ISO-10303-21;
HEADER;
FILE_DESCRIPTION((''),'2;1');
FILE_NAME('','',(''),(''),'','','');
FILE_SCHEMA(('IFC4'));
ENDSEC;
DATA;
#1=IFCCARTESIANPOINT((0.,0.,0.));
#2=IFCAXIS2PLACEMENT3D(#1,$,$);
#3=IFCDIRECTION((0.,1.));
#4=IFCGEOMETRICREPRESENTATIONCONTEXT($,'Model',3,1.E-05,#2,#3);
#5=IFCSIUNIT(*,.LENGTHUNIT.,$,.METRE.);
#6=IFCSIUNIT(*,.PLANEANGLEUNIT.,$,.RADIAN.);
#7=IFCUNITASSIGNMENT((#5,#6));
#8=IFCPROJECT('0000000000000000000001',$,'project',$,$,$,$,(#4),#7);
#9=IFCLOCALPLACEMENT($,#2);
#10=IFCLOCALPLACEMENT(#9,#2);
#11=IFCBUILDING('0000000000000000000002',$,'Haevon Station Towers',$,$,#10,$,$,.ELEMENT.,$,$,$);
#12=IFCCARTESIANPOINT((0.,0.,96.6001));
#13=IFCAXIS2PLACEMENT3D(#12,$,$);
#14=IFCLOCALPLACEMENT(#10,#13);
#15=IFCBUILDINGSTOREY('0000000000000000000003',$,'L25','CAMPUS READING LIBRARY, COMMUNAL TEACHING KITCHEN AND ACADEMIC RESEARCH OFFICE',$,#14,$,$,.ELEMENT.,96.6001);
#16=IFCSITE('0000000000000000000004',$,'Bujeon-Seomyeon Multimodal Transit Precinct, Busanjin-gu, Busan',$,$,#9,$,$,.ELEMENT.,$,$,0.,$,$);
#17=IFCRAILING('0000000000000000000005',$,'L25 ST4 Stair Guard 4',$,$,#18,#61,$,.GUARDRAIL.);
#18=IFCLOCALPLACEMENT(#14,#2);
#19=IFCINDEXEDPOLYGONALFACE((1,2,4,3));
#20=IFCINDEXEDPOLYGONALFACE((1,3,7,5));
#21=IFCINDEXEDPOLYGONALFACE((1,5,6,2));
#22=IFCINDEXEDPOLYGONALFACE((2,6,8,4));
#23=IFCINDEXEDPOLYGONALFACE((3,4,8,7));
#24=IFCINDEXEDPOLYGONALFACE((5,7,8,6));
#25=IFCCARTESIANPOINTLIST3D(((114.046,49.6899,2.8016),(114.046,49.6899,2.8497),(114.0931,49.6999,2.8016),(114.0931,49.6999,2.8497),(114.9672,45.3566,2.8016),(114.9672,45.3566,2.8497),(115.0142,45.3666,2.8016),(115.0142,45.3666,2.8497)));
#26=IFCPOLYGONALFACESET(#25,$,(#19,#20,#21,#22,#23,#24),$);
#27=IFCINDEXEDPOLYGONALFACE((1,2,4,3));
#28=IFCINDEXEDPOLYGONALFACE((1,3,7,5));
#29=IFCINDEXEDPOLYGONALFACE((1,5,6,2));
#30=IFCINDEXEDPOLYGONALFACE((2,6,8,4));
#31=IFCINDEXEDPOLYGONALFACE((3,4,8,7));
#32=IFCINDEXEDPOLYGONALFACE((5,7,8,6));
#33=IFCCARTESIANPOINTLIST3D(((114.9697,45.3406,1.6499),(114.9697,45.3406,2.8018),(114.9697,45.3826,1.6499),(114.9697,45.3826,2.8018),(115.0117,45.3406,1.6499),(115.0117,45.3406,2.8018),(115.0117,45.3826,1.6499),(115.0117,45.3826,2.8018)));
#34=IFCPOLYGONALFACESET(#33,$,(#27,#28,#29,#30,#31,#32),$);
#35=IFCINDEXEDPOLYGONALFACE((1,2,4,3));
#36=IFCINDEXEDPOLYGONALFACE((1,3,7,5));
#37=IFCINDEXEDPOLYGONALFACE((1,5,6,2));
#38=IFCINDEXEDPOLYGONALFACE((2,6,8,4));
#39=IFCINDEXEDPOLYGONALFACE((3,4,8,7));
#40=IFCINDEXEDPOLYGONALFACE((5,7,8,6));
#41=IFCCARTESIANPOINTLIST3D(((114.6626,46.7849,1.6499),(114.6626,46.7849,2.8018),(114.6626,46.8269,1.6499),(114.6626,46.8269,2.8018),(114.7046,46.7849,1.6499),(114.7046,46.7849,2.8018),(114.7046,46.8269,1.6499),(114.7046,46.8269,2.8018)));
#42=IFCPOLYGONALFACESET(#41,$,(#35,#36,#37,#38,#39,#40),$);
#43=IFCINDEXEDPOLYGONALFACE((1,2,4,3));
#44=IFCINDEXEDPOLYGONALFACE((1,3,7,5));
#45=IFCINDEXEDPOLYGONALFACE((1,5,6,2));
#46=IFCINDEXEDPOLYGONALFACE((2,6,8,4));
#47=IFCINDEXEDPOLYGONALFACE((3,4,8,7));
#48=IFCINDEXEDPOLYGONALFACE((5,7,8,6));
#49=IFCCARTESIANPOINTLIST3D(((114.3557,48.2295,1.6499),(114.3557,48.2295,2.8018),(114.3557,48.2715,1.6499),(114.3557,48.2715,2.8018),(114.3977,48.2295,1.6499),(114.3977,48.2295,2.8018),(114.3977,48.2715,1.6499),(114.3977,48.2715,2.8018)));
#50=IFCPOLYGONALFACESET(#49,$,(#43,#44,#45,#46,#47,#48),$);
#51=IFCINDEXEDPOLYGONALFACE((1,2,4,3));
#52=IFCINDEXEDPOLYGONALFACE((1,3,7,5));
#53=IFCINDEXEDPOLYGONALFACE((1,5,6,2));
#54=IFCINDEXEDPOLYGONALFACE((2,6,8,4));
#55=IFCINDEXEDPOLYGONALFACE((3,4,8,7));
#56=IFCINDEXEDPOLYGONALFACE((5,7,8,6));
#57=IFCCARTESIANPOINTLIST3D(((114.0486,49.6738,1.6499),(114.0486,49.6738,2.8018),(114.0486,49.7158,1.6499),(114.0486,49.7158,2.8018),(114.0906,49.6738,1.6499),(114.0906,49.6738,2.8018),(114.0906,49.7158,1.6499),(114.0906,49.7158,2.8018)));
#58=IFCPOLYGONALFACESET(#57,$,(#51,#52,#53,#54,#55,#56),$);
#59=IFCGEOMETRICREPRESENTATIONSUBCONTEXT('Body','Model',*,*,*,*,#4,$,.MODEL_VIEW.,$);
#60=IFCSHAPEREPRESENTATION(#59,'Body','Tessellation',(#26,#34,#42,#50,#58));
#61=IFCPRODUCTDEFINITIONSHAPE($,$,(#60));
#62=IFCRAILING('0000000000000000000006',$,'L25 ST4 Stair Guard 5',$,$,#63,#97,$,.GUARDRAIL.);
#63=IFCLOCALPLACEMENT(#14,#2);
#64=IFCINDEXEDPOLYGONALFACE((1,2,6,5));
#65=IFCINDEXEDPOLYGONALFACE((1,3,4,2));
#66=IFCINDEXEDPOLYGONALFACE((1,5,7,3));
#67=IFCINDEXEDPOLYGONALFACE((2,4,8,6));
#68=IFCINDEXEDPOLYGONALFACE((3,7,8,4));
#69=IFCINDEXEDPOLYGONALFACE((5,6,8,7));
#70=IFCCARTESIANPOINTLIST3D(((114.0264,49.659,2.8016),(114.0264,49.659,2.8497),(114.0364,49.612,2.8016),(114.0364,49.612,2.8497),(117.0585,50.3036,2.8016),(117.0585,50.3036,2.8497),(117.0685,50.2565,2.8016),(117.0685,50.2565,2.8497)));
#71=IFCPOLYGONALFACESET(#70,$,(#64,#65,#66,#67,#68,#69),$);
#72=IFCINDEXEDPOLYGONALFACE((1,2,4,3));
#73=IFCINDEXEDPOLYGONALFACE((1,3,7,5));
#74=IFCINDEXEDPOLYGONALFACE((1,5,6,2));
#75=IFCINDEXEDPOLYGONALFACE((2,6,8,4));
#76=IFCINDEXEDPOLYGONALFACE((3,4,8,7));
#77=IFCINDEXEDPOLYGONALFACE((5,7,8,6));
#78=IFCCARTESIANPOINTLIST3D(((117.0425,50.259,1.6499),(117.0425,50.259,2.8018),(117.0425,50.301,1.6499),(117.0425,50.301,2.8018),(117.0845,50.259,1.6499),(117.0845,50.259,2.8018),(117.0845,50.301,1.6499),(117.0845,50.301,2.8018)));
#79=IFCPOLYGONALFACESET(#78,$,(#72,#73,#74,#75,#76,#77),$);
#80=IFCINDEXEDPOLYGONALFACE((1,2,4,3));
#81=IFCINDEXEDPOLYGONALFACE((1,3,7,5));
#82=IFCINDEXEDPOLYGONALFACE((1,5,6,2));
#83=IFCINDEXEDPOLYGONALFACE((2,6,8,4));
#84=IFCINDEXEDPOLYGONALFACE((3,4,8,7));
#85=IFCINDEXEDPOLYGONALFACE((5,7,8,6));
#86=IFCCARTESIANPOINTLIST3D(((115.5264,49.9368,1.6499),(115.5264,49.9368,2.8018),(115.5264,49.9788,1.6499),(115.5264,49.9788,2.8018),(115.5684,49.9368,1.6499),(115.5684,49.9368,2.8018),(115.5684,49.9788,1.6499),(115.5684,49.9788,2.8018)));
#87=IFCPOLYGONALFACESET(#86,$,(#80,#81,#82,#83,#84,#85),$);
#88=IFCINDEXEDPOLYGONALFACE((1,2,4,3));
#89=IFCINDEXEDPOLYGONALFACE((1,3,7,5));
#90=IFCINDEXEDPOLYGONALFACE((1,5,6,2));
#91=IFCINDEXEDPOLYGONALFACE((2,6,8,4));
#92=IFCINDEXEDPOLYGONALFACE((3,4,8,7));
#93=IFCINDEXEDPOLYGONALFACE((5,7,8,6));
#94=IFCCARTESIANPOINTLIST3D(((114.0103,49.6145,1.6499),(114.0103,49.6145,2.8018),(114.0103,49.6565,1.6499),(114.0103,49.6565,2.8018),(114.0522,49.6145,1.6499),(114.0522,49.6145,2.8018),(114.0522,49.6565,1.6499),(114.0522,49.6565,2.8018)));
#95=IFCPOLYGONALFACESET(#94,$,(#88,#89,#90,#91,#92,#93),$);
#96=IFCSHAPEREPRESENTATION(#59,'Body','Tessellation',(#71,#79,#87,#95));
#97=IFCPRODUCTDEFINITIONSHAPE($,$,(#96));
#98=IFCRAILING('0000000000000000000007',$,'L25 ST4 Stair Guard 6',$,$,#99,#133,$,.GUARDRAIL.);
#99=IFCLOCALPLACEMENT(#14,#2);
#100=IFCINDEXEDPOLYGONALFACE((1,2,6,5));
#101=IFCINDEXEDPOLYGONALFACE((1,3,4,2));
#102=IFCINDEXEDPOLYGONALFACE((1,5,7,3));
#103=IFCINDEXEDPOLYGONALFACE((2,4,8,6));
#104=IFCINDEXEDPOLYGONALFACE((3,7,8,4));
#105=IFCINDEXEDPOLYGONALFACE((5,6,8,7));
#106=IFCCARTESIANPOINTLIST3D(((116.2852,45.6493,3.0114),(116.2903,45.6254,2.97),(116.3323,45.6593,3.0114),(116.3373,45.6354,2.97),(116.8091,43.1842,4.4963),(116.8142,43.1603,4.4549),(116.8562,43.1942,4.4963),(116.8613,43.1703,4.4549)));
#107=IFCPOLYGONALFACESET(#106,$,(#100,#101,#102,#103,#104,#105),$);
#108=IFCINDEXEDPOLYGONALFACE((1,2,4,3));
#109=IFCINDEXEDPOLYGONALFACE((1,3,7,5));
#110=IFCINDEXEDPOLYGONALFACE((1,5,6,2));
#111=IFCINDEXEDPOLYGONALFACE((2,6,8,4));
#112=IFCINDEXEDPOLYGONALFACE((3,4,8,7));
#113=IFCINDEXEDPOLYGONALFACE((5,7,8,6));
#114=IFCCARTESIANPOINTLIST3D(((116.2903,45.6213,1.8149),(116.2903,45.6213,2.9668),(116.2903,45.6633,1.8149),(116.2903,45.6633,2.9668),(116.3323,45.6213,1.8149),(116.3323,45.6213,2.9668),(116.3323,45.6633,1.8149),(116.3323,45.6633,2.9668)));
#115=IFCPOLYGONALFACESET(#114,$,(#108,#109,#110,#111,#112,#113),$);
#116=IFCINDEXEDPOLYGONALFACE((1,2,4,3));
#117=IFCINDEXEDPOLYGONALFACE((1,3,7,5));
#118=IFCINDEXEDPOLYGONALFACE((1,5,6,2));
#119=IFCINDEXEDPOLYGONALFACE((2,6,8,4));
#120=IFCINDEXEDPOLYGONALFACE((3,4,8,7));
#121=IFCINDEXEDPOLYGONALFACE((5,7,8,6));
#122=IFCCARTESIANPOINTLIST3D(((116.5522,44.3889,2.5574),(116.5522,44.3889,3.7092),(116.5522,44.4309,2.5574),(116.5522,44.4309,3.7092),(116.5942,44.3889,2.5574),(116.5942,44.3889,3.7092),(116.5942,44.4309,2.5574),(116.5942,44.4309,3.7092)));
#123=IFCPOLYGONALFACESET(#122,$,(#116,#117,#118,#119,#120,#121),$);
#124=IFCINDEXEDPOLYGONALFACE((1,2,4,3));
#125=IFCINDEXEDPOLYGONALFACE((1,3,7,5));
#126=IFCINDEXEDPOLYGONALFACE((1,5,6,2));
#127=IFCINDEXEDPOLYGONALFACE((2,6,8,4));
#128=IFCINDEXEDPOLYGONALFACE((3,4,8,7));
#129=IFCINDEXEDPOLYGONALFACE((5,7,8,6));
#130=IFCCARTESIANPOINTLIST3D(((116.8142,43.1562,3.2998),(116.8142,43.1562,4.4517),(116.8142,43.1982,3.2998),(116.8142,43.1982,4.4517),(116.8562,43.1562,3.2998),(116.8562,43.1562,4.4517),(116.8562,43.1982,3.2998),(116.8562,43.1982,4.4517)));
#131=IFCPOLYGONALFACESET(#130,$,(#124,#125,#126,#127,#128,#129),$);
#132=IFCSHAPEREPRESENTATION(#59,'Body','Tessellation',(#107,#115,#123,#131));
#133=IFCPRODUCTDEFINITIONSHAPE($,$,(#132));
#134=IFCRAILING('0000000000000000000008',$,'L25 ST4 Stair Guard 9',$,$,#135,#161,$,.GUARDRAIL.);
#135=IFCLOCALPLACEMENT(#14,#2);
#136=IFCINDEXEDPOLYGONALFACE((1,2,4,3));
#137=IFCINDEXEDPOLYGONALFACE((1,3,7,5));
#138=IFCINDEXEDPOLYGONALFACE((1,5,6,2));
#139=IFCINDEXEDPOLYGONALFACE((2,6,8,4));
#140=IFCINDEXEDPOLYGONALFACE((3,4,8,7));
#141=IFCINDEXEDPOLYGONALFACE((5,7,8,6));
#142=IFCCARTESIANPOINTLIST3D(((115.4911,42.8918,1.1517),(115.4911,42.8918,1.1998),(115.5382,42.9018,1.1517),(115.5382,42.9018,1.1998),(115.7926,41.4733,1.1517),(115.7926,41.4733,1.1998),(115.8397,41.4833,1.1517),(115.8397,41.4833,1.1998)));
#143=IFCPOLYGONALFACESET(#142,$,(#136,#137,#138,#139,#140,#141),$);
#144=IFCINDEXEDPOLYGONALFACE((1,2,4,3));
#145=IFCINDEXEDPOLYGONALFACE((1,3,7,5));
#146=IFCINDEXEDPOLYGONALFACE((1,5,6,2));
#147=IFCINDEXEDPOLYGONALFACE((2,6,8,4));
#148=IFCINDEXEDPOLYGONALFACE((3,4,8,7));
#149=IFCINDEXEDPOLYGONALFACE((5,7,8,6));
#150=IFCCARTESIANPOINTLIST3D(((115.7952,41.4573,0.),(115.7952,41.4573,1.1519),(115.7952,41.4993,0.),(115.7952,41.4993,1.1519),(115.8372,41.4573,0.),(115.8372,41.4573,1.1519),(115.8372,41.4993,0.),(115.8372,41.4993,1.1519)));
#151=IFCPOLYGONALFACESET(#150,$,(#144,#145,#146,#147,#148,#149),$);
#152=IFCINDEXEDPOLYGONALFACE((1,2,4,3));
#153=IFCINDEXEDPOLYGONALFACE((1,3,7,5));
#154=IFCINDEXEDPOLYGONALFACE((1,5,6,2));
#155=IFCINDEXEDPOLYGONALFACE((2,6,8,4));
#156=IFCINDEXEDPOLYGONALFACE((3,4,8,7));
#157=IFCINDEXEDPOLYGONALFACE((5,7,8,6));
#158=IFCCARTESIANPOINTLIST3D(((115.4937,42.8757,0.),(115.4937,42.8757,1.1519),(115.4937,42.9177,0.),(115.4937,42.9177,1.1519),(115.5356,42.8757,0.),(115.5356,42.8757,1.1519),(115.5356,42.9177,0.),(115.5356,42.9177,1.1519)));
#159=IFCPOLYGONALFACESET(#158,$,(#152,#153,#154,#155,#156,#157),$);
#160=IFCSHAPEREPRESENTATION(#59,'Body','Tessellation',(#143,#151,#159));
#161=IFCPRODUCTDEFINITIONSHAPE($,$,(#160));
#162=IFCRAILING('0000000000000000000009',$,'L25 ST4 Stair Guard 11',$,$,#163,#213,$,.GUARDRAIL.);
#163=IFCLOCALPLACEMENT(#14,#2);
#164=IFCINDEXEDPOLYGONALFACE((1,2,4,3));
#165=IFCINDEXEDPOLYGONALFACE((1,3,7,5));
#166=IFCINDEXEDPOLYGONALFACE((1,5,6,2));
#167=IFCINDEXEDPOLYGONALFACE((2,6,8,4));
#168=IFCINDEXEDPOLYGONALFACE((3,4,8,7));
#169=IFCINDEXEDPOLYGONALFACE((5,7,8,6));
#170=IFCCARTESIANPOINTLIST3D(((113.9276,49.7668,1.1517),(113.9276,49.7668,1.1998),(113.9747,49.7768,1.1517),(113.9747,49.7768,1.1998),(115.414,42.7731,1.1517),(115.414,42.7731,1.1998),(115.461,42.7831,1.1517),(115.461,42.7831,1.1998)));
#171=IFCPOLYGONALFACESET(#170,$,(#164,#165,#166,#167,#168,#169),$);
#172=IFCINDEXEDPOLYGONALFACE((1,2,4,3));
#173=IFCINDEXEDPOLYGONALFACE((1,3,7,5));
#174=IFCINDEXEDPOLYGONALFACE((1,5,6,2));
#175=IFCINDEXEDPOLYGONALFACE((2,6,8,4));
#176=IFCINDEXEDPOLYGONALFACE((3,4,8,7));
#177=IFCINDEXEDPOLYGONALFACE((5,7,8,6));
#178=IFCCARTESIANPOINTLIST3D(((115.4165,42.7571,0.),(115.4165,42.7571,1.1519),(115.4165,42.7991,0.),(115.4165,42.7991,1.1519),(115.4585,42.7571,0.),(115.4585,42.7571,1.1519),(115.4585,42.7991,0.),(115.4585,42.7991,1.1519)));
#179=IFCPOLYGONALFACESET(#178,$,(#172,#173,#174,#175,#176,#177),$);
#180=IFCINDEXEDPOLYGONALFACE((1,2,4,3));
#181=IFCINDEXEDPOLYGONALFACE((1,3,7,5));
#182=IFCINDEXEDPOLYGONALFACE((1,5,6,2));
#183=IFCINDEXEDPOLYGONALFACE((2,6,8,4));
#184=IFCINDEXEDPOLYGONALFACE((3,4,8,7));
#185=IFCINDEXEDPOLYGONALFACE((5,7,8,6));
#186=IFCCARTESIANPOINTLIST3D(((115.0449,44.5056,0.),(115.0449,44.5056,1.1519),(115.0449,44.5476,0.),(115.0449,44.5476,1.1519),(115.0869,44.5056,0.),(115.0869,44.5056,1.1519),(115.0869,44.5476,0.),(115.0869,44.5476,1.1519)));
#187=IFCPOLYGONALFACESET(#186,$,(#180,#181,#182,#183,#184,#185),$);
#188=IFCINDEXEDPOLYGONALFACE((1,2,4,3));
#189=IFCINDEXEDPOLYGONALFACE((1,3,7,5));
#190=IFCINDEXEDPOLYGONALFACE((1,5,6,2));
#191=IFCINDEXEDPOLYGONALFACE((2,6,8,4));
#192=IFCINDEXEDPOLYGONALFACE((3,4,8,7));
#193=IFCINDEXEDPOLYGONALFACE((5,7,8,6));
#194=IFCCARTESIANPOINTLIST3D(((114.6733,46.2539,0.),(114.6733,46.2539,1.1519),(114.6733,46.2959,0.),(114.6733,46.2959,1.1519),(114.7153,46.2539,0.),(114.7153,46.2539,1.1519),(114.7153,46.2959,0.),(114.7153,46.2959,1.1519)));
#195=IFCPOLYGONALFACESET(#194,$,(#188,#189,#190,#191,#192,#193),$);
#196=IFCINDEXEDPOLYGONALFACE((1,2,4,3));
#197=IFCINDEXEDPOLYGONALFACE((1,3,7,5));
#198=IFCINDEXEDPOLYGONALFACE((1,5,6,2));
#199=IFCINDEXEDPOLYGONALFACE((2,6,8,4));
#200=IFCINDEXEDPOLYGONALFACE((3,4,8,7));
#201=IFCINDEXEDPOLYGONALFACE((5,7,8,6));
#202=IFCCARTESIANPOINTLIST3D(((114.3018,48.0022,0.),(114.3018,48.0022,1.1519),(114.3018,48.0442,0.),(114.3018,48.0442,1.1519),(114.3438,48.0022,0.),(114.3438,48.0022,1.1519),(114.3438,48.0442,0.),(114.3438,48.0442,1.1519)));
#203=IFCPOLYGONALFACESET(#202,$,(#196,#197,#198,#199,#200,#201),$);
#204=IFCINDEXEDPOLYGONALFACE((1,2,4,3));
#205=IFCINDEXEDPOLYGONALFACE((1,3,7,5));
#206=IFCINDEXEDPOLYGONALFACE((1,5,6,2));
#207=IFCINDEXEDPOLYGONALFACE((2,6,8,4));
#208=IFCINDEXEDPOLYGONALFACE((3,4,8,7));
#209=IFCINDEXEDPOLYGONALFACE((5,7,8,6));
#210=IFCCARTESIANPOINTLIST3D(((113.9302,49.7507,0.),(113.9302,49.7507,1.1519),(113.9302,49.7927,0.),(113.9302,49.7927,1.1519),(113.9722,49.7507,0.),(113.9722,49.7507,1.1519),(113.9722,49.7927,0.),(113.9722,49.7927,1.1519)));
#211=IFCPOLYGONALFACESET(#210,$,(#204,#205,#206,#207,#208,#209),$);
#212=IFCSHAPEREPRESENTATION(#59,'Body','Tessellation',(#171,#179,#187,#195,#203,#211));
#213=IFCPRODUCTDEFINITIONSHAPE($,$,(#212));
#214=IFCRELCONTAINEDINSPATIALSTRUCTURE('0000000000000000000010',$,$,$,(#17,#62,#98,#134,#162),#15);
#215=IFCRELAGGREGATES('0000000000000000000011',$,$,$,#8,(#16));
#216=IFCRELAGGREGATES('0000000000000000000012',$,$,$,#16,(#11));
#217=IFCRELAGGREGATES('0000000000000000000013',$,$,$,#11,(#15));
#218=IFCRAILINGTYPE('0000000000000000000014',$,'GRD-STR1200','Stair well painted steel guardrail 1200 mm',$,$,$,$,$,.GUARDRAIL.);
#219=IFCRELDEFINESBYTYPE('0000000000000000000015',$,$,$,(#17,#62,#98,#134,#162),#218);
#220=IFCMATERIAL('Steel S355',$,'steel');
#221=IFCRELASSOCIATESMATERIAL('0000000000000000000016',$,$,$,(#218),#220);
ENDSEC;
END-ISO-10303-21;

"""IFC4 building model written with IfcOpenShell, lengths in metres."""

from ifc_helpers import new_model, si_unit, direction, frame, origin, origin_2d, place, context, subcontext, project, spatial, rectangle, extrude, material, type_object, element, save


model = new_model("IFC4")

# Units and contexts
model_context = context("Model", 3, precision=1e-05, world=origin(), true_north=direction((0.0, 1.0)))
body_context = subcontext(model_context, "Body", "Model", "MODEL_VIEW")
ifc_project = project(units=[si_unit("LENGTHUNIT", "METRE"), si_unit("PLANEANGLEUNIT", "RADIAN")], contexts=[model_context])

# Site, building, storey
site_placement = place(None, origin())
site = spatial("IfcSite", under=ifc_project, at=site_placement, Name="Bujeon-Seomyeon Multimodal Transit Precinct, Busanjin-gu, Busan", CompositionType="ELEMENT", RefElevation=0.0)
building_placement = place(site_placement, origin())
building = spatial("IfcBuilding", under=site, at=building_placement, Name="Haevon Station Towers", CompositionType="ELEMENT")
storey_placement = place(building_placement, frame((0.0, 0.0, 96.6001)))
storey = spatial("IfcBuildingStorey", under=building, at=storey_placement, Name="L25", Description="CAMPUS READING LIBRARY, COMMUNAL TEACHING KITCHEN AND ACADEMIC RESEARCH OFFICE", CompositionType="ELEMENT", Elevation=96.6001)

# Shared definitions
ifc_material_1 = material(Name="Steel S355", Category="steel")

# Railings
railing_type_1 = type_object("IfcRailingType", Name="GRD-STR1200", Description="Stair well painted steel guardrail 1200 mm", PredefinedType="GUARDRAIL", material=ifc_material_1)
railing_1_placement = place(storey_placement, frame((114.9907, 45.3616, 1.6499)))
element("IfcRailing", 1, at=railing_1_placement, inside=storey, type_object=railing_type_1, Name="L25 ST4 Stair Guard 4", PredefinedType="GUARDRAIL", context=body_context, shape_type="SweptSolid", body=[
    extrude(rectangle(XDim=0.0481, YDim=0.0481, at=origin_2d()), frame((0.0, 0.0, 1.1758), z_axis=(-0.207929, 0.978144, 0.0), x_axis=(-0.978144, -0.207929, 0.0)), (0.0, 0.0, 1.0), 4.4302),
    extrude(rectangle(XDim=0.042, YDim=0.042, at=origin_2d()), origin(), (0.0, 0.0, 1.0), 1.1519),
    extrude(rectangle(XDim=0.042, YDim=0.042, at=origin_2d()), frame((-0.3071, 1.4443, 0.0)), (0.0, 0.0, 1.0), 1.1519),
    extrude(rectangle(XDim=0.042, YDim=0.042, at=origin_2d()), frame((-0.614, 2.8889, 0.0)), (0.0, 0.0, 1.0), 1.1519),
    extrude(rectangle(XDim=0.042, YDim=0.042, at=origin_2d()), frame((-0.9211, 4.3333, 0.0)), (0.0, 0.0, 1.0), 1.1519),
])
railing_2_placement = place(storey_placement, frame((117.0635, 50.28, 1.6499)))
element("IfcRailing", 2, at=railing_2_placement, inside=storey, type_object=railing_type_1, Name="L25 ST4 Stair Guard 5", PredefinedType="GUARDRAIL", context=body_context, shape_type="SweptSolid", body=[
    extrude(rectangle(XDim=0.0481, YDim=0.0481, at=origin_2d()), frame((0.0, 0.0, 1.1758), z_axis=(-0.978147, -0.207915, 0.0), x_axis=(0.207915, -0.978147, 0.0)), (0.0, 0.0, 1.0), 3.0999),
    extrude(rectangle(XDim=0.042, YDim=0.042, at=origin_2d()), origin(), (0.0, 0.0, 1.0), 1.1519),
    extrude(rectangle(XDim=0.042, YDim=0.042, at=origin_2d()), frame((-1.5161, -0.3223, 0.0)), (0.0, 0.0, 1.0), 1.1519),
    extrude(rectangle(XDim=0.042, YDim=0.042, at=origin_2d()), frame((-3.0322, -0.6445, 0.0)), (0.0, 0.0, 1.0), 1.1519),
])
railing_3_placement = place(storey_placement, frame((116.3113, 45.6423, 1.8149)))
element("IfcRailing", 3, at=railing_3_placement, inside=storey, type_object=railing_type_1, Name="L25 ST4 Stair Guard 6", PredefinedType="GUARDRAIL", context=body_context, shape_type="SweptSolid", body=[
    extrude(rectangle(XDim=0.0481, YDim=0.0481, at=origin_2d()), frame((0.0, 0.0, 1.1758), z_axis=(0.179116, -0.842748, 0.507635), x_axis=(0.978151, 0.207895, 0.0)), (0.0, 0.0, 1.0), 2.925),
    extrude(rectangle(XDim=0.042, YDim=0.042, at=origin_2d()), origin(), (0.0, 0.0, 1.0), 1.1519),
    extrude(rectangle(XDim=0.042, YDim=0.042, at=origin_2d()), frame((0.262, -1.2324, 0.7424)), (0.0, 0.0, 1.0), 1.1519),
    extrude(rectangle(XDim=0.042, YDim=0.042, at=origin_2d()), frame((0.5239, -2.4651, 1.4849)), (0.0, 0.0, 1.0), 1.1519),
])
railing_4_placement = place(storey_placement, frame((115.8162, 41.4783, 0.0)))
element("IfcRailing", 4, at=railing_4_placement, inside=storey, type_object=railing_type_1, Name="L25 ST4 Stair Guard 9", PredefinedType="GUARDRAIL", context=body_context, shape_type="SweptSolid", body=[
    extrude(rectangle(XDim=0.0481, YDim=0.0481, at=origin_2d()), frame((0.0, 0.0, 1.1758), z_axis=(-0.207919, 0.978146, 0.0), x_axis=(-0.978146, -0.207919, 0.0)), (0.0, 0.0, 1.0), 1.4502),
    extrude(rectangle(XDim=0.042, YDim=0.042, at=origin_2d()), origin(), (0.0, 0.0, 1.0), 1.1519),
    extrude(rectangle(XDim=0.042, YDim=0.042, at=origin_2d()), frame((-0.3015, 1.4185, 0.0)), (0.0, 0.0, 1.0), 1.1519),
])
railing_5_placement = place(storey_placement, frame((115.4375, 42.7781, 0.0)))
element("IfcRailing", 5, at=railing_5_placement, inside=storey, type_object=railing_type_1, Name="L25 ST4 Stair Guard 11", PredefinedType="GUARDRAIL", context=body_context, shape_type="SweptSolid", body=[
    extrude(rectangle(XDim=0.0481, YDim=0.0481, at=origin_2d()), frame((0.0, 0.0, 1.1758), z_axis=(-0.207882, 0.978154, 0.0), x_axis=(-0.978154, -0.207882, 0.0)), (0.0, 0.0, 1.0), 7.1499),
    extrude(rectangle(XDim=0.042, YDim=0.042, at=origin_2d()), origin(), (0.0, 0.0, 1.0), 1.1519),
    extrude(rectangle(XDim=0.042, YDim=0.042, at=origin_2d()), frame((-0.3716, 1.7485, 0.0)), (0.0, 0.0, 1.0), 1.1519),
    extrude(rectangle(XDim=0.042, YDim=0.042, at=origin_2d()), frame((-0.7432, 3.4968, 0.0)), (0.0, 0.0, 1.0), 1.1519),
    extrude(rectangle(XDim=0.042, YDim=0.042, at=origin_2d()), frame((-1.1147, 5.2451, 0.0)), (0.0, 0.0, 1.0), 1.1519),
    extrude(rectangle(XDim=0.042, YDim=0.042, at=origin_2d()), frame((-1.4863, 6.9937, 0.0)), (0.0, 0.0, 1.0), 1.1519),
])

save(model, "model.ifc")
